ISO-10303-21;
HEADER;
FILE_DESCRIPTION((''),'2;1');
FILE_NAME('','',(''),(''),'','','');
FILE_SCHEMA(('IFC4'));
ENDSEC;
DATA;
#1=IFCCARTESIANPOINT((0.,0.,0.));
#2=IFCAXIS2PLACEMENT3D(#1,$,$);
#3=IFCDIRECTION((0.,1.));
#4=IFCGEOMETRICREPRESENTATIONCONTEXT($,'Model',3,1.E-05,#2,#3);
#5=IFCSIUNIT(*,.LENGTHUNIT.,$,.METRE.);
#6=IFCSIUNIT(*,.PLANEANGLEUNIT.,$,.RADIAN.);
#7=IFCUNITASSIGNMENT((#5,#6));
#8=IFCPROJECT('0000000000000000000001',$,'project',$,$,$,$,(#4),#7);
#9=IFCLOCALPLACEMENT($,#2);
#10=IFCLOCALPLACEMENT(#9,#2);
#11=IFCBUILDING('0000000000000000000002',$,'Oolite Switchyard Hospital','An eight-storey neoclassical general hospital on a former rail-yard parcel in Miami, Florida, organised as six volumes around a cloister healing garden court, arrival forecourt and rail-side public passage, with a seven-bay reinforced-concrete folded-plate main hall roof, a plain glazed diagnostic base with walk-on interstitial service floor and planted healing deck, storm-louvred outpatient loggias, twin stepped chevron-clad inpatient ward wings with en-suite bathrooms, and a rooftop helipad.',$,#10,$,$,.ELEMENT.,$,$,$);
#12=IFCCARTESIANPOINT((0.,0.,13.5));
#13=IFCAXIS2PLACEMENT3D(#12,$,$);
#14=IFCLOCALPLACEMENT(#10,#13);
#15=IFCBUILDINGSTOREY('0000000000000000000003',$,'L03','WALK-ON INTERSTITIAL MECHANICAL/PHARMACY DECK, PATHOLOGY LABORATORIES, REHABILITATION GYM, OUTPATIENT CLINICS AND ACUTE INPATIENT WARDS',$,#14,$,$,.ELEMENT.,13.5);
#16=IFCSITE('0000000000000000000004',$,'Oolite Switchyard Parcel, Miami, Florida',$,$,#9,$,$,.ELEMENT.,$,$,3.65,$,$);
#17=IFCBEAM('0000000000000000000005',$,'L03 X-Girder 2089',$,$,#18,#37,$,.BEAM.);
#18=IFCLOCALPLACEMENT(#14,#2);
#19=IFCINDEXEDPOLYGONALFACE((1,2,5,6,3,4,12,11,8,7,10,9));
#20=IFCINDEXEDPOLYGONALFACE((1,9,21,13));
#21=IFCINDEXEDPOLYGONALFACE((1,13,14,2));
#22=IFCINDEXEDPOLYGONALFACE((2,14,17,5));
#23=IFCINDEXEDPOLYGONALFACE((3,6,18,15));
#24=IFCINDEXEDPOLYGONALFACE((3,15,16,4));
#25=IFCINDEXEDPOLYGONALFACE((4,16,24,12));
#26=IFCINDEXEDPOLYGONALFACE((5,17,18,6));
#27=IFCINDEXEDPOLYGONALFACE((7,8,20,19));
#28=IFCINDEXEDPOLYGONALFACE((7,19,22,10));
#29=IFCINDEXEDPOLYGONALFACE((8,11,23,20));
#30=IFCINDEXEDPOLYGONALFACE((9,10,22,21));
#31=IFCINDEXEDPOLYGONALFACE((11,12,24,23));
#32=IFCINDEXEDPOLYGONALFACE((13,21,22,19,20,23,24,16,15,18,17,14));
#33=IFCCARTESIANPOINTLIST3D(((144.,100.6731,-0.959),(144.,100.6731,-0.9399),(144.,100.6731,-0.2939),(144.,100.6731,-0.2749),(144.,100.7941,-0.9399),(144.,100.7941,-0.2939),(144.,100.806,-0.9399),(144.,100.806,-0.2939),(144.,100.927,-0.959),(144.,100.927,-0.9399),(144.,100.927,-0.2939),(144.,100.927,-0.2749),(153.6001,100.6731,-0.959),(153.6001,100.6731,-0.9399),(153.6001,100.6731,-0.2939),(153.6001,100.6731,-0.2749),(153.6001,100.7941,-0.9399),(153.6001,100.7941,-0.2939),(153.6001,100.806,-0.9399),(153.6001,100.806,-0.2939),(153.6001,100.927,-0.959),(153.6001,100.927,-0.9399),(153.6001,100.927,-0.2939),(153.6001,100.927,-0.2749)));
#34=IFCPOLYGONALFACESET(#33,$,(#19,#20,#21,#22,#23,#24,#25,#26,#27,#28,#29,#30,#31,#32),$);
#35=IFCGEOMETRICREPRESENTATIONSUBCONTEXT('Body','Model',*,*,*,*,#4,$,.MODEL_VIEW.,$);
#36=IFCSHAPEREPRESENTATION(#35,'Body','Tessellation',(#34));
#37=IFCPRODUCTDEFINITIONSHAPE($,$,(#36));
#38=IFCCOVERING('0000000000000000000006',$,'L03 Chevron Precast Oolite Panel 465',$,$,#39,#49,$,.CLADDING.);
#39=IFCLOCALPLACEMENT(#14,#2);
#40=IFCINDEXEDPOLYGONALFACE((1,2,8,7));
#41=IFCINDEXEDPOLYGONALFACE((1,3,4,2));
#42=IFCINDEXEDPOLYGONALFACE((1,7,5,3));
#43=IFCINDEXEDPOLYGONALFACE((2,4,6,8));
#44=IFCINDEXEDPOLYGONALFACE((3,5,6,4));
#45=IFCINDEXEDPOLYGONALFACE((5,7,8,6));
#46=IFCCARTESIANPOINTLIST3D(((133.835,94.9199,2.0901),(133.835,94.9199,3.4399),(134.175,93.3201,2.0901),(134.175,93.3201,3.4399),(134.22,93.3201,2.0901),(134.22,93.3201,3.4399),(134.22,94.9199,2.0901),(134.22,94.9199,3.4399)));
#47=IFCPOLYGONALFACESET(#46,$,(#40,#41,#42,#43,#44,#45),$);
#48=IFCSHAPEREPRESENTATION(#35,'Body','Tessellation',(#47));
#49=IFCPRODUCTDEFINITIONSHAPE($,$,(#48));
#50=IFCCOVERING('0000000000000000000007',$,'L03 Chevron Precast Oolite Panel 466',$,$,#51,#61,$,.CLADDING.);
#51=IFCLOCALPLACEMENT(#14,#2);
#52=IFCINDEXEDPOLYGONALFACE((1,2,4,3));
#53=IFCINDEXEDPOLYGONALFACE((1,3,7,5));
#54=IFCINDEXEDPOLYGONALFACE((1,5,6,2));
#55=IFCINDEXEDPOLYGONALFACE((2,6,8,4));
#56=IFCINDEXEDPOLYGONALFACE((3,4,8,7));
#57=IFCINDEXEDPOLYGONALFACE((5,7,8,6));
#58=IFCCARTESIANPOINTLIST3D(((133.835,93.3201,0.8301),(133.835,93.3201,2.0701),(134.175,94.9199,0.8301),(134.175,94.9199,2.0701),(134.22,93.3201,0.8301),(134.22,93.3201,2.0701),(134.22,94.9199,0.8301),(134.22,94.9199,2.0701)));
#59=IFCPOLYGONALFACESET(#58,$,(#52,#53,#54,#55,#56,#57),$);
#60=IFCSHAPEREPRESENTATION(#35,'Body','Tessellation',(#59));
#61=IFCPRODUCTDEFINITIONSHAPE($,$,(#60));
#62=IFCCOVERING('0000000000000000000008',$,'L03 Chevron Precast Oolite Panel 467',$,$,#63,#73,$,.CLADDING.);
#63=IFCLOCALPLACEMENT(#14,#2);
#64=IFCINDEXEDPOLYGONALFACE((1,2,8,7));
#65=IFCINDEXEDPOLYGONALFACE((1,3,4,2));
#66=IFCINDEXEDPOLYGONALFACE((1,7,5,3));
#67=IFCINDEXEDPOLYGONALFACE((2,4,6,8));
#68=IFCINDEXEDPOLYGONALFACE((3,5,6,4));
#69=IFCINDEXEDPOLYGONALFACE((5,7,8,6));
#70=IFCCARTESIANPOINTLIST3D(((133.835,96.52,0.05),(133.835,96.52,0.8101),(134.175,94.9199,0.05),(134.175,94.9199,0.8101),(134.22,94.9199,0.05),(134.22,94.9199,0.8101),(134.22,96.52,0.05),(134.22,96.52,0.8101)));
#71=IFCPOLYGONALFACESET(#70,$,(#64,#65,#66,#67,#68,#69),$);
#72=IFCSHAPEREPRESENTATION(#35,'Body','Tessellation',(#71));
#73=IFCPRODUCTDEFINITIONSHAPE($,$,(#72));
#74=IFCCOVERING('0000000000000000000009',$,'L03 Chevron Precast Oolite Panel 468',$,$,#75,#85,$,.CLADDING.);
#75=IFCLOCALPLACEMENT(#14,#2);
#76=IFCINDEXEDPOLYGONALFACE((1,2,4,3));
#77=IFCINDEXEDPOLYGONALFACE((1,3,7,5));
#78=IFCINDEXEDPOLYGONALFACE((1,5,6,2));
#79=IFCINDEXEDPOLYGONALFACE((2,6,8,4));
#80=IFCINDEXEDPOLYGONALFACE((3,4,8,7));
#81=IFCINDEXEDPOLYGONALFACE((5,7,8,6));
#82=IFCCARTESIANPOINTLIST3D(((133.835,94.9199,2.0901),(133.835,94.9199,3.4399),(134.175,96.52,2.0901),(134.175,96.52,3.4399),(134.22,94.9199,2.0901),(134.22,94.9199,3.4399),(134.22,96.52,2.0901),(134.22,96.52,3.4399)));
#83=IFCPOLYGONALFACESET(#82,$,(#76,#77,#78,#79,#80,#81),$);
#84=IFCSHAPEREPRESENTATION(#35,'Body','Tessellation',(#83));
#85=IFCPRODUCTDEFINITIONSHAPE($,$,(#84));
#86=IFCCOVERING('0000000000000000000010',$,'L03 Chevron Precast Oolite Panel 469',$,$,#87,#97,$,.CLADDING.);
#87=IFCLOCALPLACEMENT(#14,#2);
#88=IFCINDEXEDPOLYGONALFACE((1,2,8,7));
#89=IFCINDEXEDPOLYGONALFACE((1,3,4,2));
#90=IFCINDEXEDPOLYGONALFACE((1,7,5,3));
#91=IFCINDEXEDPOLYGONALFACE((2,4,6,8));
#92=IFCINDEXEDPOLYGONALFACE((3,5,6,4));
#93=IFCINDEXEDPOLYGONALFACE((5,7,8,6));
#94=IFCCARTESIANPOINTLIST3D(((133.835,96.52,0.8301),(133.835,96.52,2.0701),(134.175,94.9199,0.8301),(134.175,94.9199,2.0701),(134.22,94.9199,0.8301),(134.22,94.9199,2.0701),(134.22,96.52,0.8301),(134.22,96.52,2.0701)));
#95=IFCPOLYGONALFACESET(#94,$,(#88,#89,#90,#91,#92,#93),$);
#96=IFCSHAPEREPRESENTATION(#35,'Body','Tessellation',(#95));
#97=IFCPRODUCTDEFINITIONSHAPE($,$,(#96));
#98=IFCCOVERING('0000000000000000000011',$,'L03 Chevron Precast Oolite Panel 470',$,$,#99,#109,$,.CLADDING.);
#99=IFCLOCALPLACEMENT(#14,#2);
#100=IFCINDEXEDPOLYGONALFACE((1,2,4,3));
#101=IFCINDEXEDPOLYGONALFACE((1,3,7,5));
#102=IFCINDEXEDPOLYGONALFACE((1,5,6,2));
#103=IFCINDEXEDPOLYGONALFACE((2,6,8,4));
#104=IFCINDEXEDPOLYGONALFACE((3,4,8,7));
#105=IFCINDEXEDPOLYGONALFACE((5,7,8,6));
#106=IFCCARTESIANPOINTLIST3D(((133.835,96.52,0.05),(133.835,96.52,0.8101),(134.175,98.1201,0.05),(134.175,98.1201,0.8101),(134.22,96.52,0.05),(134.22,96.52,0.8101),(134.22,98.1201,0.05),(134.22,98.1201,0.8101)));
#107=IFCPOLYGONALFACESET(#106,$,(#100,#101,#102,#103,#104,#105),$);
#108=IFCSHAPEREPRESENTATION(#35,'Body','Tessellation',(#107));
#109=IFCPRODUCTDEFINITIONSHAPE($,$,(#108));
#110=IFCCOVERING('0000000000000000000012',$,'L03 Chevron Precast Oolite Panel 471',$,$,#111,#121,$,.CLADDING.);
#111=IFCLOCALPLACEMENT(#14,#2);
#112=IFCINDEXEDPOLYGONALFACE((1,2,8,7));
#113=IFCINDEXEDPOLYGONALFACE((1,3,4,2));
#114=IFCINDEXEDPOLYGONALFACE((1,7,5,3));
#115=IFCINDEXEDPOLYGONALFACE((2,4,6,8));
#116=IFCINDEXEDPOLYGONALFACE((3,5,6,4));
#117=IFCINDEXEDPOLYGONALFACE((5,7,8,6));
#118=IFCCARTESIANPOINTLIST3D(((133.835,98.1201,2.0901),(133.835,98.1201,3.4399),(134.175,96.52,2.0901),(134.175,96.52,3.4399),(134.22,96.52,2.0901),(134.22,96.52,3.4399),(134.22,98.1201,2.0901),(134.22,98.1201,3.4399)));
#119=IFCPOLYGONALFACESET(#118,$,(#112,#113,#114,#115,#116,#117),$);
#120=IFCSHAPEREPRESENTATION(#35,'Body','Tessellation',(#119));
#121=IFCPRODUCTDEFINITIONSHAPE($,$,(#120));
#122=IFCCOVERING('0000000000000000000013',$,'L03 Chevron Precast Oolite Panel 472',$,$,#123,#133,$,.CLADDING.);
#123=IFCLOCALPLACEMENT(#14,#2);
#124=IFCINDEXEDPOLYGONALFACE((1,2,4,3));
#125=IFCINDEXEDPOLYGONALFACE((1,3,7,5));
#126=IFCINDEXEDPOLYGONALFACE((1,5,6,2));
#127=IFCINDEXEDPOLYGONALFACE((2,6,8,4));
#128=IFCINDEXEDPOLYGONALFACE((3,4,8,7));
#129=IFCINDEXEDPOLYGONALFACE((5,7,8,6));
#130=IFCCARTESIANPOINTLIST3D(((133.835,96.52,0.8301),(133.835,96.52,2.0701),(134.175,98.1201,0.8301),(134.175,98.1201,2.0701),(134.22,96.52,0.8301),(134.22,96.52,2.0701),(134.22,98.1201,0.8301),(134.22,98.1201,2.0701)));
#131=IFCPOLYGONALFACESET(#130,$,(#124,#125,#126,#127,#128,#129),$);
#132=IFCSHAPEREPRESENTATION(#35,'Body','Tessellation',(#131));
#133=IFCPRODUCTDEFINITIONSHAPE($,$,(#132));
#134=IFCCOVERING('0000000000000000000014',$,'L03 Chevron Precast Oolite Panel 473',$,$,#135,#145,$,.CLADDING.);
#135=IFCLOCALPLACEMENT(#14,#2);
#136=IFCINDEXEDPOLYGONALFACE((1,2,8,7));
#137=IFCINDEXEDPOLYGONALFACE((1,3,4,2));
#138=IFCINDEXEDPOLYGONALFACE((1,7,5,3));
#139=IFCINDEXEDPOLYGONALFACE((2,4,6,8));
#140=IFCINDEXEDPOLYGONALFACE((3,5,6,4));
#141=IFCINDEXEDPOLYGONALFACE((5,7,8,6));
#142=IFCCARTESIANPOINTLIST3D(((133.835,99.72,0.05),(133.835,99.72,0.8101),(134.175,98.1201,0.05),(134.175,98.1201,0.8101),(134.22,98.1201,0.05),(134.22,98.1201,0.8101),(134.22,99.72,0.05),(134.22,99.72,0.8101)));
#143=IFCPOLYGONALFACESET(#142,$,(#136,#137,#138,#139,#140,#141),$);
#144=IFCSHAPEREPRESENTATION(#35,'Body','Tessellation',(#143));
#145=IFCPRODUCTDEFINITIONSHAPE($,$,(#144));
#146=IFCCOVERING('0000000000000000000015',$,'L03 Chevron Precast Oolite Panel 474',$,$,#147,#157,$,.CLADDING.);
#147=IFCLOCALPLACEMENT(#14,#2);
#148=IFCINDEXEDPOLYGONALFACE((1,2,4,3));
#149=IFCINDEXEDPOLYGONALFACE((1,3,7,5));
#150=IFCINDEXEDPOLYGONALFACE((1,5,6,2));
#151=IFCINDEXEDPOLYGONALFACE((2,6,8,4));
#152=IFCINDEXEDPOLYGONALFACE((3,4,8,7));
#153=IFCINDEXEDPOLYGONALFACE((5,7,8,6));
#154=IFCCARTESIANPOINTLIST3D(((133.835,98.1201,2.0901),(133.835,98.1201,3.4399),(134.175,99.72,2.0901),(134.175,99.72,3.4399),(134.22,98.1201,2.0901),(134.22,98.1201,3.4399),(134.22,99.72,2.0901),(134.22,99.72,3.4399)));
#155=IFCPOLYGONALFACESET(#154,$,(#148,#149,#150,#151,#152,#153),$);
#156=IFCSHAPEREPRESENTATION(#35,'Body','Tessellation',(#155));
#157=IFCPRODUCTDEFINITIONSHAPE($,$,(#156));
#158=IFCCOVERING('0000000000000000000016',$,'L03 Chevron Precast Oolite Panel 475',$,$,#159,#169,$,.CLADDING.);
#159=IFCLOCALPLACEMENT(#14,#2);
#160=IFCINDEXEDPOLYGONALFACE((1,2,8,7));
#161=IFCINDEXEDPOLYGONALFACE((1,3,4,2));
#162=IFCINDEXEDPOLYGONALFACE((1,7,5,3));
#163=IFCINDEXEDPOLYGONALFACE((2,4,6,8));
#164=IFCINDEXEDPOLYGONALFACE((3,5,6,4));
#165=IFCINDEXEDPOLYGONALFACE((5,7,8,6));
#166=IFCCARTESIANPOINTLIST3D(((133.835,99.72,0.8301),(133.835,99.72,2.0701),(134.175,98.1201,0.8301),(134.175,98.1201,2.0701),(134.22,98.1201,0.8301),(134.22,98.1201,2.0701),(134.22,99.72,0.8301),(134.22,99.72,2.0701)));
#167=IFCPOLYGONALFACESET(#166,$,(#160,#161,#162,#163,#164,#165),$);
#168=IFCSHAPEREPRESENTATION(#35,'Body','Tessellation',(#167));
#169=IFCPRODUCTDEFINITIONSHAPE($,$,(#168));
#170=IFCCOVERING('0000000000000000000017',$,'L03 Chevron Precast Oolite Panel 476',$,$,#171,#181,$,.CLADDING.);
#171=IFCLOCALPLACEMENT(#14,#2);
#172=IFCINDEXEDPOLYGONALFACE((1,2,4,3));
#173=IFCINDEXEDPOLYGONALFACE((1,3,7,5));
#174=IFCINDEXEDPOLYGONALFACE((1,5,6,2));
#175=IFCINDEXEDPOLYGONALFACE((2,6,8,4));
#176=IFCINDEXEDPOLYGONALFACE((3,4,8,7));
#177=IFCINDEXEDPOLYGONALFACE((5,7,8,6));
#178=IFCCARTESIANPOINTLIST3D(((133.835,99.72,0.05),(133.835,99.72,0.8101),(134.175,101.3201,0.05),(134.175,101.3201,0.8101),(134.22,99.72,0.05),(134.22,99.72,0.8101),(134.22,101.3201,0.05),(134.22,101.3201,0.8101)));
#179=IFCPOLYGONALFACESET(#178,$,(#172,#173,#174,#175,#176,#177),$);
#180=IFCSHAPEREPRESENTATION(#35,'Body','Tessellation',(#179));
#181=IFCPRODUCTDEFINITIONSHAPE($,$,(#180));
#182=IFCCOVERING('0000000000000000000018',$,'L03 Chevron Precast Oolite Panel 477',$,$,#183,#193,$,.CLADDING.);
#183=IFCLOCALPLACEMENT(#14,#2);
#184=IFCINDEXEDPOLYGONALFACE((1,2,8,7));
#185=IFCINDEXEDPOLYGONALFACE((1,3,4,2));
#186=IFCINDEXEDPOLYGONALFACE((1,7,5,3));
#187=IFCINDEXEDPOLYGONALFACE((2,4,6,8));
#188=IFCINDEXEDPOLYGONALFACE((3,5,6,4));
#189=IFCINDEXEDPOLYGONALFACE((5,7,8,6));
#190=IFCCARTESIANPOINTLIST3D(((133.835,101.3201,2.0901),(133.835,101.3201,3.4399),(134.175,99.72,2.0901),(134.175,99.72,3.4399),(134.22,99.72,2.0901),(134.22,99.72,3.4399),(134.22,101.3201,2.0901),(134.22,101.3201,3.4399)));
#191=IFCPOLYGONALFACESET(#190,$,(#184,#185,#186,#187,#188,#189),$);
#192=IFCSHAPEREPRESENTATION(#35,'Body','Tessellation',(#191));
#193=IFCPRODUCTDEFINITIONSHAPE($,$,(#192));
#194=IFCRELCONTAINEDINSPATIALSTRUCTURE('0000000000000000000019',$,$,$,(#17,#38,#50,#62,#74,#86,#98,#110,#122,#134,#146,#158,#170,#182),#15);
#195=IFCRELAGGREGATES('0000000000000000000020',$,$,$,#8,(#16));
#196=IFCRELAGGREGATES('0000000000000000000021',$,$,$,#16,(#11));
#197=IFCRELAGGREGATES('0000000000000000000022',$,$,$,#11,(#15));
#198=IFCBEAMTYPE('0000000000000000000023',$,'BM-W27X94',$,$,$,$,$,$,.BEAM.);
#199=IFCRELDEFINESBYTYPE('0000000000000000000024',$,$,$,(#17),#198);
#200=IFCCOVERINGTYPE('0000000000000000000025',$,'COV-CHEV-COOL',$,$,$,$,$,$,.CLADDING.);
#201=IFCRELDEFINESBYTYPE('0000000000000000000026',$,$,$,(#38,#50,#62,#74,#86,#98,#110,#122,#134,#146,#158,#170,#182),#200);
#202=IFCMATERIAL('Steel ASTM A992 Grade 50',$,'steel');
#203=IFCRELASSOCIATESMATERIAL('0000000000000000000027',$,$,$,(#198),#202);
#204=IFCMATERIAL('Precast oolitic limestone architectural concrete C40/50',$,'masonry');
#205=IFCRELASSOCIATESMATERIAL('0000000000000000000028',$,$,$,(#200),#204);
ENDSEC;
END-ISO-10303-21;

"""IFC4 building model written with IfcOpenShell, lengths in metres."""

from ifc_helpers import new_model, si_unit, direction, frame, origin, origin_2d, place, context, subcontext, project, spatial, polyline, i_section, outline, extrude, material, material_profile, profile_set, type_object, element, save


model = new_model("IFC4")

# Units and contexts
model_context = context("Model", 3, precision=1e-05, world=origin(), true_north=direction((0.0, 1.0)))
body_context = subcontext(model_context, "Body", "Model", "MODEL_VIEW")
ifc_project = project(units=[si_unit("LENGTHUNIT", "METRE"), si_unit("PLANEANGLEUNIT", "RADIAN")], contexts=[model_context])

# Site, building, storey
site_placement = place(None, origin())
site = spatial("IfcSite", under=ifc_project, at=site_placement, Name="Oolite Switchyard Parcel, Miami, Florida", CompositionType="ELEMENT", RefElevation=3.65)
building_placement = place(site_placement, origin())
building = spatial("IfcBuilding", under=site, at=building_placement, Name="Oolite Switchyard Hospital", Description="An eight-storey neoclassical general hospital on a former rail-yard parcel in Miami, Florida, organised as six volumes around a cloister healing garden court, arrival forecourt and rail-side public passage, with a seven-bay reinforced-concrete folded-plate main hall roof, a plain glazed diagnostic base with walk-on interstitial service floor and planted healing deck, storm-louvred outpatient loggias, twin stepped chevron-clad inpatient ward wings with en-suite bathrooms, and a rooftop helipad.", CompositionType="ELEMENT")
storey_placement = place(building_placement, frame((0.0, 0.0, 13.5)))
storey = spatial("IfcBuildingStorey", under=building, at=storey_placement, Name="L03", Description="WALK-ON INTERSTITIAL MECHANICAL/PHARMACY DECK, PATHOLOGY LABORATORIES, REHABILITATION GYM, OUTPATIENT CLINICS AND ACUTE INPATIENT WARDS", CompositionType="ELEMENT", Elevation=13.5)

# Beam
ifc_material_1 = material(Name="Steel ASTM A992 Grade 50", Category="steel")
ifc_material_profile_1 = material_profile(ifc_material_1, i_section(OverallWidth=0.2539, OverallDepth=0.6841, WebThickness=0.012, FlangeThickness=0.019, at=origin_2d()), Name="W27X94")
ifc_profile_set_1 = profile_set([ifc_material_profile_1], Name="Steel ASTM A992 Grade 50")
beam_type_1 = type_object("IfcBeamType", Name="BM-W27X94", PredefinedType="BEAM", material=ifc_profile_set_1)
for number, where, z_axis, x_axis, name in (
    (1, (144.0, 100.8, -0.6169), (1.0, 0.0, 0.0), (0.0, 1.0, 0.0), "L03 X-Girder 2089"),
):
    element("IfcBeam", number, at=place(storey_placement, frame(where, z_axis=z_axis, x_axis=x_axis)), inside=storey, type_object=beam_type_1, Name=name, PredefinedType="BEAM", context=body_context, shape_type="SweptSolid", body=[
        extrude(i_section(OverallWidth=0.2539, OverallDepth=0.6841, WebThickness=0.012, FlangeThickness=0.019, at=origin_2d()), origin(), (0.0, 0.0, 1.0), 9.6001),
    ])

# Coverings
ifc_material_2 = material(Name="Precast oolitic limestone architectural concrete C40/50", Category="masonry")
covering_type = type_object("IfcCoveringType", Name="COV-CHEV-COOL", PredefinedType="CLADDING", material=ifc_material_2)
covering_1_placement = place(storey_placement, frame((134.22, 93.3201, 2.0901), z_axis=(0.0, 0.0, 1.0), x_axis=(0.0, 1.0, 0.0)))
element("IfcCovering", 2, at=covering_1_placement, inside=storey, type_object=covering_type, Name="L03 Chevron Precast Oolite Panel 465", PredefinedType="CLADDING", context=body_context, shape_type="SweptSolid", body=[
    extrude(outline(polyline([(0.0, 0.0), (1.5999, 0.0), (1.5999, 0.385), (0.0, 0.0449), (0.0, 0.0)])), origin(), (0.0, 0.0, 1.0), 1.3499),
])
covering_2_placement = place(storey_placement, frame((134.22, 93.3201, 0.8301), z_axis=(0.0, 0.0, 1.0), x_axis=(0.0, 1.0, 0.0)))
element("IfcCovering", 3, at=covering_2_placement, inside=storey, type_object=covering_type, Name="L03 Chevron Precast Oolite Panel 466", PredefinedType="CLADDING", context=body_context, shape_type="SweptSolid", body=[
    extrude(outline(polyline([(0.0, 0.0), (1.5999, 0.0), (1.5999, 0.0449), (0.0, 0.385), (0.0, 0.0)])), origin(), (0.0, 0.0, 1.0), 1.24),
])
covering_3_placement = place(storey_placement, frame((134.22, 94.9199, 0.05), z_axis=(0.0, 0.0, 1.0), x_axis=(0.0, 1.0, 0.0)))
element("IfcCovering", 4, at=covering_3_placement, inside=storey, type_object=covering_type, Name="L03 Chevron Precast Oolite Panel 467", PredefinedType="CLADDING", context=body_context, shape_type="SweptSolid", body=[
    extrude(outline(polyline([(0.0, 0.0), (1.6001, 0.0), (1.6001, 0.385), (0.0, 0.0449), (0.0, 0.0)])), origin(), (0.0, 0.0, 1.0), 0.76),
])
covering_4_placement = place(storey_placement, frame((134.22, 94.9199, 2.0901), z_axis=(0.0, 0.0, 1.0), x_axis=(0.0, 1.0, 0.0)))
element("IfcCovering", 5, at=covering_4_placement, inside=storey, type_object=covering_type, Name="L03 Chevron Precast Oolite Panel 468", PredefinedType="CLADDING", context=body_context, shape_type="SweptSolid", body=[
    extrude(outline(polyline([(0.0, 0.0), (1.6001, 0.0), (1.6001, 0.0449), (0.0, 0.385), (0.0, 0.0)])), origin(), (0.0, 0.0, 1.0), 1.3499),
])
covering_5_placement = place(storey_placement, frame((134.22, 94.9199, 0.8301), z_axis=(0.0, 0.0, 1.0), x_axis=(0.0, 1.0, 0.0)))
element("IfcCovering", 6, at=covering_5_placement, inside=storey, type_object=covering_type, Name="L03 Chevron Precast Oolite Panel 469", PredefinedType="CLADDING", context=body_context, shape_type="SweptSolid", body=[
    extrude(outline(polyline([(0.0, 0.0), (1.6001, 0.0), (1.6001, 0.385), (0.0, 0.0449), (0.0, 0.0)])), origin(), (0.0, 0.0, 1.0), 1.24),
])
covering_6_placement = place(storey_placement, frame((134.22, 96.52, 0.05), z_axis=(0.0, 0.0, 1.0), x_axis=(0.0, 1.0, 0.0)))
element("IfcCovering", 7, at=covering_6_placement, inside=storey, type_object=covering_type, Name="L03 Chevron Precast Oolite Panel 470", PredefinedType="CLADDING", context=body_context, shape_type="SweptSolid", body=[
    extrude(outline(polyline([(0.0, 0.0), (1.6001, 0.0), (1.6001, 0.0449), (0.0, 0.385), (0.0, 0.0)])), origin(), (0.0, 0.0, 1.0), 0.76),
])
covering_7_placement = place(storey_placement, frame((134.22, 96.52, 2.0901), z_axis=(0.0, 0.0, 1.0), x_axis=(0.0, 1.0, 0.0)))
element("IfcCovering", 8, at=covering_7_placement, inside=storey, type_object=covering_type, Name="L03 Chevron Precast Oolite Panel 471", PredefinedType="CLADDING", context=body_context, shape_type="SweptSolid", body=[
    extrude(outline(polyline([(0.0, 0.0), (1.6001, 0.0), (1.6001, 0.385), (0.0, 0.0449), (0.0, 0.0)])), origin(), (0.0, 0.0, 1.0), 1.3499),
])
covering_8_placement = place(storey_placement, frame((134.22, 96.52, 0.8301), z_axis=(0.0, 0.0, 1.0), x_axis=(0.0, 1.0, 0.0)))
element("IfcCovering", 9, at=covering_8_placement, inside=storey, type_object=covering_type, Name="L03 Chevron Precast Oolite Panel 472", PredefinedType="CLADDING", context=body_context, shape_type="SweptSolid", body=[
    extrude(outline(polyline([(0.0, 0.0), (1.6001, 0.0), (1.6001, 0.0449), (0.0, 0.385), (0.0, 0.0)])), origin(), (0.0, 0.0, 1.0), 1.24),
])
covering_9_placement = place(storey_placement, frame((134.22, 98.1201, 0.05), z_axis=(0.0, 0.0, 1.0), x_axis=(0.0, 1.0, 0.0)))
element("IfcCovering", 10, at=covering_9_placement, inside=storey, type_object=covering_type, Name="L03 Chevron Precast Oolite Panel 473", PredefinedType="CLADDING", context=body_context, shape_type="SweptSolid", body=[
    extrude(outline(polyline([(0.0, 0.0), (1.5999, 0.0), (1.5999, 0.385), (0.0, 0.0449), (0.0, 0.0)])), origin(), (0.0, 0.0, 1.0), 0.76),
])
covering_10_placement = place(storey_placement, frame((134.22, 98.1201, 2.0901), z_axis=(0.0, 0.0, 1.0), x_axis=(0.0, 1.0, 0.0)))
element("IfcCovering", 11, at=covering_10_placement, inside=storey, type_object=covering_type, Name="L03 Chevron Precast Oolite Panel 474", PredefinedType="CLADDING", context=body_context, shape_type="SweptSolid", body=[
    extrude(outline(polyline([(0.0, 0.0), (1.5999, 0.0), (1.5999, 0.0449), (0.0, 0.385), (0.0, 0.0)])), origin(), (0.0, 0.0, 1.0), 1.3499),
])
covering_11_placement = place(storey_placement, frame((134.22, 98.1201, 0.8301), z_axis=(0.0, 0.0, 1.0), x_axis=(0.0, 1.0, 0.0)))
element("IfcCovering", 12, at=covering_11_placement, inside=storey, type_object=covering_type, Name="L03 Chevron Precast Oolite Panel 475", PredefinedType="CLADDING", context=body_context, shape_type="SweptSolid", body=[
    extrude(outline(polyline([(0.0, 0.0), (1.5999, 0.0), (1.5999, 0.385), (0.0, 0.0449), (0.0, 0.0)])), origin(), (0.0, 0.0, 1.0), 1.24),
])
covering_12_placement = place(storey_placement, frame((134.22, 99.72, 0.05), z_axis=(0.0, 0.0, 1.0), x_axis=(0.0, 1.0, 0.0)))
element("IfcCovering", 13, at=covering_12_placement, inside=storey, type_object=covering_type, Name="L03 Chevron Precast Oolite Panel 476", PredefinedType="CLADDING", context=body_context, shape_type="SweptSolid", body=[
    extrude(outline(polyline([(0.0, 0.0), (1.6001, 0.0), (1.6001, 0.0449), (0.0, 0.385), (0.0, 0.0)])), origin(), (0.0, 0.0, 1.0), 0.76),
])
covering_13_placement = place(storey_placement, frame((134.22, 99.72, 2.0901), z_axis=(0.0, 0.0, 1.0), x_axis=(0.0, 1.0, 0.0)))
element("IfcCovering", 14, at=covering_13_placement, inside=storey, type_object=covering_type, Name="L03 Chevron Precast Oolite Panel 477", PredefinedType="CLADDING", context=body_context, shape_type="SweptSolid", body=[
    extrude(outline(polyline([(0.0, 0.0), (1.6001, 0.0), (1.6001, 0.385), (0.0, 0.0449), (0.0, 0.0)])), origin(), (0.0, 0.0, 1.0), 1.3499),
])

save(model, "model.ifc")
